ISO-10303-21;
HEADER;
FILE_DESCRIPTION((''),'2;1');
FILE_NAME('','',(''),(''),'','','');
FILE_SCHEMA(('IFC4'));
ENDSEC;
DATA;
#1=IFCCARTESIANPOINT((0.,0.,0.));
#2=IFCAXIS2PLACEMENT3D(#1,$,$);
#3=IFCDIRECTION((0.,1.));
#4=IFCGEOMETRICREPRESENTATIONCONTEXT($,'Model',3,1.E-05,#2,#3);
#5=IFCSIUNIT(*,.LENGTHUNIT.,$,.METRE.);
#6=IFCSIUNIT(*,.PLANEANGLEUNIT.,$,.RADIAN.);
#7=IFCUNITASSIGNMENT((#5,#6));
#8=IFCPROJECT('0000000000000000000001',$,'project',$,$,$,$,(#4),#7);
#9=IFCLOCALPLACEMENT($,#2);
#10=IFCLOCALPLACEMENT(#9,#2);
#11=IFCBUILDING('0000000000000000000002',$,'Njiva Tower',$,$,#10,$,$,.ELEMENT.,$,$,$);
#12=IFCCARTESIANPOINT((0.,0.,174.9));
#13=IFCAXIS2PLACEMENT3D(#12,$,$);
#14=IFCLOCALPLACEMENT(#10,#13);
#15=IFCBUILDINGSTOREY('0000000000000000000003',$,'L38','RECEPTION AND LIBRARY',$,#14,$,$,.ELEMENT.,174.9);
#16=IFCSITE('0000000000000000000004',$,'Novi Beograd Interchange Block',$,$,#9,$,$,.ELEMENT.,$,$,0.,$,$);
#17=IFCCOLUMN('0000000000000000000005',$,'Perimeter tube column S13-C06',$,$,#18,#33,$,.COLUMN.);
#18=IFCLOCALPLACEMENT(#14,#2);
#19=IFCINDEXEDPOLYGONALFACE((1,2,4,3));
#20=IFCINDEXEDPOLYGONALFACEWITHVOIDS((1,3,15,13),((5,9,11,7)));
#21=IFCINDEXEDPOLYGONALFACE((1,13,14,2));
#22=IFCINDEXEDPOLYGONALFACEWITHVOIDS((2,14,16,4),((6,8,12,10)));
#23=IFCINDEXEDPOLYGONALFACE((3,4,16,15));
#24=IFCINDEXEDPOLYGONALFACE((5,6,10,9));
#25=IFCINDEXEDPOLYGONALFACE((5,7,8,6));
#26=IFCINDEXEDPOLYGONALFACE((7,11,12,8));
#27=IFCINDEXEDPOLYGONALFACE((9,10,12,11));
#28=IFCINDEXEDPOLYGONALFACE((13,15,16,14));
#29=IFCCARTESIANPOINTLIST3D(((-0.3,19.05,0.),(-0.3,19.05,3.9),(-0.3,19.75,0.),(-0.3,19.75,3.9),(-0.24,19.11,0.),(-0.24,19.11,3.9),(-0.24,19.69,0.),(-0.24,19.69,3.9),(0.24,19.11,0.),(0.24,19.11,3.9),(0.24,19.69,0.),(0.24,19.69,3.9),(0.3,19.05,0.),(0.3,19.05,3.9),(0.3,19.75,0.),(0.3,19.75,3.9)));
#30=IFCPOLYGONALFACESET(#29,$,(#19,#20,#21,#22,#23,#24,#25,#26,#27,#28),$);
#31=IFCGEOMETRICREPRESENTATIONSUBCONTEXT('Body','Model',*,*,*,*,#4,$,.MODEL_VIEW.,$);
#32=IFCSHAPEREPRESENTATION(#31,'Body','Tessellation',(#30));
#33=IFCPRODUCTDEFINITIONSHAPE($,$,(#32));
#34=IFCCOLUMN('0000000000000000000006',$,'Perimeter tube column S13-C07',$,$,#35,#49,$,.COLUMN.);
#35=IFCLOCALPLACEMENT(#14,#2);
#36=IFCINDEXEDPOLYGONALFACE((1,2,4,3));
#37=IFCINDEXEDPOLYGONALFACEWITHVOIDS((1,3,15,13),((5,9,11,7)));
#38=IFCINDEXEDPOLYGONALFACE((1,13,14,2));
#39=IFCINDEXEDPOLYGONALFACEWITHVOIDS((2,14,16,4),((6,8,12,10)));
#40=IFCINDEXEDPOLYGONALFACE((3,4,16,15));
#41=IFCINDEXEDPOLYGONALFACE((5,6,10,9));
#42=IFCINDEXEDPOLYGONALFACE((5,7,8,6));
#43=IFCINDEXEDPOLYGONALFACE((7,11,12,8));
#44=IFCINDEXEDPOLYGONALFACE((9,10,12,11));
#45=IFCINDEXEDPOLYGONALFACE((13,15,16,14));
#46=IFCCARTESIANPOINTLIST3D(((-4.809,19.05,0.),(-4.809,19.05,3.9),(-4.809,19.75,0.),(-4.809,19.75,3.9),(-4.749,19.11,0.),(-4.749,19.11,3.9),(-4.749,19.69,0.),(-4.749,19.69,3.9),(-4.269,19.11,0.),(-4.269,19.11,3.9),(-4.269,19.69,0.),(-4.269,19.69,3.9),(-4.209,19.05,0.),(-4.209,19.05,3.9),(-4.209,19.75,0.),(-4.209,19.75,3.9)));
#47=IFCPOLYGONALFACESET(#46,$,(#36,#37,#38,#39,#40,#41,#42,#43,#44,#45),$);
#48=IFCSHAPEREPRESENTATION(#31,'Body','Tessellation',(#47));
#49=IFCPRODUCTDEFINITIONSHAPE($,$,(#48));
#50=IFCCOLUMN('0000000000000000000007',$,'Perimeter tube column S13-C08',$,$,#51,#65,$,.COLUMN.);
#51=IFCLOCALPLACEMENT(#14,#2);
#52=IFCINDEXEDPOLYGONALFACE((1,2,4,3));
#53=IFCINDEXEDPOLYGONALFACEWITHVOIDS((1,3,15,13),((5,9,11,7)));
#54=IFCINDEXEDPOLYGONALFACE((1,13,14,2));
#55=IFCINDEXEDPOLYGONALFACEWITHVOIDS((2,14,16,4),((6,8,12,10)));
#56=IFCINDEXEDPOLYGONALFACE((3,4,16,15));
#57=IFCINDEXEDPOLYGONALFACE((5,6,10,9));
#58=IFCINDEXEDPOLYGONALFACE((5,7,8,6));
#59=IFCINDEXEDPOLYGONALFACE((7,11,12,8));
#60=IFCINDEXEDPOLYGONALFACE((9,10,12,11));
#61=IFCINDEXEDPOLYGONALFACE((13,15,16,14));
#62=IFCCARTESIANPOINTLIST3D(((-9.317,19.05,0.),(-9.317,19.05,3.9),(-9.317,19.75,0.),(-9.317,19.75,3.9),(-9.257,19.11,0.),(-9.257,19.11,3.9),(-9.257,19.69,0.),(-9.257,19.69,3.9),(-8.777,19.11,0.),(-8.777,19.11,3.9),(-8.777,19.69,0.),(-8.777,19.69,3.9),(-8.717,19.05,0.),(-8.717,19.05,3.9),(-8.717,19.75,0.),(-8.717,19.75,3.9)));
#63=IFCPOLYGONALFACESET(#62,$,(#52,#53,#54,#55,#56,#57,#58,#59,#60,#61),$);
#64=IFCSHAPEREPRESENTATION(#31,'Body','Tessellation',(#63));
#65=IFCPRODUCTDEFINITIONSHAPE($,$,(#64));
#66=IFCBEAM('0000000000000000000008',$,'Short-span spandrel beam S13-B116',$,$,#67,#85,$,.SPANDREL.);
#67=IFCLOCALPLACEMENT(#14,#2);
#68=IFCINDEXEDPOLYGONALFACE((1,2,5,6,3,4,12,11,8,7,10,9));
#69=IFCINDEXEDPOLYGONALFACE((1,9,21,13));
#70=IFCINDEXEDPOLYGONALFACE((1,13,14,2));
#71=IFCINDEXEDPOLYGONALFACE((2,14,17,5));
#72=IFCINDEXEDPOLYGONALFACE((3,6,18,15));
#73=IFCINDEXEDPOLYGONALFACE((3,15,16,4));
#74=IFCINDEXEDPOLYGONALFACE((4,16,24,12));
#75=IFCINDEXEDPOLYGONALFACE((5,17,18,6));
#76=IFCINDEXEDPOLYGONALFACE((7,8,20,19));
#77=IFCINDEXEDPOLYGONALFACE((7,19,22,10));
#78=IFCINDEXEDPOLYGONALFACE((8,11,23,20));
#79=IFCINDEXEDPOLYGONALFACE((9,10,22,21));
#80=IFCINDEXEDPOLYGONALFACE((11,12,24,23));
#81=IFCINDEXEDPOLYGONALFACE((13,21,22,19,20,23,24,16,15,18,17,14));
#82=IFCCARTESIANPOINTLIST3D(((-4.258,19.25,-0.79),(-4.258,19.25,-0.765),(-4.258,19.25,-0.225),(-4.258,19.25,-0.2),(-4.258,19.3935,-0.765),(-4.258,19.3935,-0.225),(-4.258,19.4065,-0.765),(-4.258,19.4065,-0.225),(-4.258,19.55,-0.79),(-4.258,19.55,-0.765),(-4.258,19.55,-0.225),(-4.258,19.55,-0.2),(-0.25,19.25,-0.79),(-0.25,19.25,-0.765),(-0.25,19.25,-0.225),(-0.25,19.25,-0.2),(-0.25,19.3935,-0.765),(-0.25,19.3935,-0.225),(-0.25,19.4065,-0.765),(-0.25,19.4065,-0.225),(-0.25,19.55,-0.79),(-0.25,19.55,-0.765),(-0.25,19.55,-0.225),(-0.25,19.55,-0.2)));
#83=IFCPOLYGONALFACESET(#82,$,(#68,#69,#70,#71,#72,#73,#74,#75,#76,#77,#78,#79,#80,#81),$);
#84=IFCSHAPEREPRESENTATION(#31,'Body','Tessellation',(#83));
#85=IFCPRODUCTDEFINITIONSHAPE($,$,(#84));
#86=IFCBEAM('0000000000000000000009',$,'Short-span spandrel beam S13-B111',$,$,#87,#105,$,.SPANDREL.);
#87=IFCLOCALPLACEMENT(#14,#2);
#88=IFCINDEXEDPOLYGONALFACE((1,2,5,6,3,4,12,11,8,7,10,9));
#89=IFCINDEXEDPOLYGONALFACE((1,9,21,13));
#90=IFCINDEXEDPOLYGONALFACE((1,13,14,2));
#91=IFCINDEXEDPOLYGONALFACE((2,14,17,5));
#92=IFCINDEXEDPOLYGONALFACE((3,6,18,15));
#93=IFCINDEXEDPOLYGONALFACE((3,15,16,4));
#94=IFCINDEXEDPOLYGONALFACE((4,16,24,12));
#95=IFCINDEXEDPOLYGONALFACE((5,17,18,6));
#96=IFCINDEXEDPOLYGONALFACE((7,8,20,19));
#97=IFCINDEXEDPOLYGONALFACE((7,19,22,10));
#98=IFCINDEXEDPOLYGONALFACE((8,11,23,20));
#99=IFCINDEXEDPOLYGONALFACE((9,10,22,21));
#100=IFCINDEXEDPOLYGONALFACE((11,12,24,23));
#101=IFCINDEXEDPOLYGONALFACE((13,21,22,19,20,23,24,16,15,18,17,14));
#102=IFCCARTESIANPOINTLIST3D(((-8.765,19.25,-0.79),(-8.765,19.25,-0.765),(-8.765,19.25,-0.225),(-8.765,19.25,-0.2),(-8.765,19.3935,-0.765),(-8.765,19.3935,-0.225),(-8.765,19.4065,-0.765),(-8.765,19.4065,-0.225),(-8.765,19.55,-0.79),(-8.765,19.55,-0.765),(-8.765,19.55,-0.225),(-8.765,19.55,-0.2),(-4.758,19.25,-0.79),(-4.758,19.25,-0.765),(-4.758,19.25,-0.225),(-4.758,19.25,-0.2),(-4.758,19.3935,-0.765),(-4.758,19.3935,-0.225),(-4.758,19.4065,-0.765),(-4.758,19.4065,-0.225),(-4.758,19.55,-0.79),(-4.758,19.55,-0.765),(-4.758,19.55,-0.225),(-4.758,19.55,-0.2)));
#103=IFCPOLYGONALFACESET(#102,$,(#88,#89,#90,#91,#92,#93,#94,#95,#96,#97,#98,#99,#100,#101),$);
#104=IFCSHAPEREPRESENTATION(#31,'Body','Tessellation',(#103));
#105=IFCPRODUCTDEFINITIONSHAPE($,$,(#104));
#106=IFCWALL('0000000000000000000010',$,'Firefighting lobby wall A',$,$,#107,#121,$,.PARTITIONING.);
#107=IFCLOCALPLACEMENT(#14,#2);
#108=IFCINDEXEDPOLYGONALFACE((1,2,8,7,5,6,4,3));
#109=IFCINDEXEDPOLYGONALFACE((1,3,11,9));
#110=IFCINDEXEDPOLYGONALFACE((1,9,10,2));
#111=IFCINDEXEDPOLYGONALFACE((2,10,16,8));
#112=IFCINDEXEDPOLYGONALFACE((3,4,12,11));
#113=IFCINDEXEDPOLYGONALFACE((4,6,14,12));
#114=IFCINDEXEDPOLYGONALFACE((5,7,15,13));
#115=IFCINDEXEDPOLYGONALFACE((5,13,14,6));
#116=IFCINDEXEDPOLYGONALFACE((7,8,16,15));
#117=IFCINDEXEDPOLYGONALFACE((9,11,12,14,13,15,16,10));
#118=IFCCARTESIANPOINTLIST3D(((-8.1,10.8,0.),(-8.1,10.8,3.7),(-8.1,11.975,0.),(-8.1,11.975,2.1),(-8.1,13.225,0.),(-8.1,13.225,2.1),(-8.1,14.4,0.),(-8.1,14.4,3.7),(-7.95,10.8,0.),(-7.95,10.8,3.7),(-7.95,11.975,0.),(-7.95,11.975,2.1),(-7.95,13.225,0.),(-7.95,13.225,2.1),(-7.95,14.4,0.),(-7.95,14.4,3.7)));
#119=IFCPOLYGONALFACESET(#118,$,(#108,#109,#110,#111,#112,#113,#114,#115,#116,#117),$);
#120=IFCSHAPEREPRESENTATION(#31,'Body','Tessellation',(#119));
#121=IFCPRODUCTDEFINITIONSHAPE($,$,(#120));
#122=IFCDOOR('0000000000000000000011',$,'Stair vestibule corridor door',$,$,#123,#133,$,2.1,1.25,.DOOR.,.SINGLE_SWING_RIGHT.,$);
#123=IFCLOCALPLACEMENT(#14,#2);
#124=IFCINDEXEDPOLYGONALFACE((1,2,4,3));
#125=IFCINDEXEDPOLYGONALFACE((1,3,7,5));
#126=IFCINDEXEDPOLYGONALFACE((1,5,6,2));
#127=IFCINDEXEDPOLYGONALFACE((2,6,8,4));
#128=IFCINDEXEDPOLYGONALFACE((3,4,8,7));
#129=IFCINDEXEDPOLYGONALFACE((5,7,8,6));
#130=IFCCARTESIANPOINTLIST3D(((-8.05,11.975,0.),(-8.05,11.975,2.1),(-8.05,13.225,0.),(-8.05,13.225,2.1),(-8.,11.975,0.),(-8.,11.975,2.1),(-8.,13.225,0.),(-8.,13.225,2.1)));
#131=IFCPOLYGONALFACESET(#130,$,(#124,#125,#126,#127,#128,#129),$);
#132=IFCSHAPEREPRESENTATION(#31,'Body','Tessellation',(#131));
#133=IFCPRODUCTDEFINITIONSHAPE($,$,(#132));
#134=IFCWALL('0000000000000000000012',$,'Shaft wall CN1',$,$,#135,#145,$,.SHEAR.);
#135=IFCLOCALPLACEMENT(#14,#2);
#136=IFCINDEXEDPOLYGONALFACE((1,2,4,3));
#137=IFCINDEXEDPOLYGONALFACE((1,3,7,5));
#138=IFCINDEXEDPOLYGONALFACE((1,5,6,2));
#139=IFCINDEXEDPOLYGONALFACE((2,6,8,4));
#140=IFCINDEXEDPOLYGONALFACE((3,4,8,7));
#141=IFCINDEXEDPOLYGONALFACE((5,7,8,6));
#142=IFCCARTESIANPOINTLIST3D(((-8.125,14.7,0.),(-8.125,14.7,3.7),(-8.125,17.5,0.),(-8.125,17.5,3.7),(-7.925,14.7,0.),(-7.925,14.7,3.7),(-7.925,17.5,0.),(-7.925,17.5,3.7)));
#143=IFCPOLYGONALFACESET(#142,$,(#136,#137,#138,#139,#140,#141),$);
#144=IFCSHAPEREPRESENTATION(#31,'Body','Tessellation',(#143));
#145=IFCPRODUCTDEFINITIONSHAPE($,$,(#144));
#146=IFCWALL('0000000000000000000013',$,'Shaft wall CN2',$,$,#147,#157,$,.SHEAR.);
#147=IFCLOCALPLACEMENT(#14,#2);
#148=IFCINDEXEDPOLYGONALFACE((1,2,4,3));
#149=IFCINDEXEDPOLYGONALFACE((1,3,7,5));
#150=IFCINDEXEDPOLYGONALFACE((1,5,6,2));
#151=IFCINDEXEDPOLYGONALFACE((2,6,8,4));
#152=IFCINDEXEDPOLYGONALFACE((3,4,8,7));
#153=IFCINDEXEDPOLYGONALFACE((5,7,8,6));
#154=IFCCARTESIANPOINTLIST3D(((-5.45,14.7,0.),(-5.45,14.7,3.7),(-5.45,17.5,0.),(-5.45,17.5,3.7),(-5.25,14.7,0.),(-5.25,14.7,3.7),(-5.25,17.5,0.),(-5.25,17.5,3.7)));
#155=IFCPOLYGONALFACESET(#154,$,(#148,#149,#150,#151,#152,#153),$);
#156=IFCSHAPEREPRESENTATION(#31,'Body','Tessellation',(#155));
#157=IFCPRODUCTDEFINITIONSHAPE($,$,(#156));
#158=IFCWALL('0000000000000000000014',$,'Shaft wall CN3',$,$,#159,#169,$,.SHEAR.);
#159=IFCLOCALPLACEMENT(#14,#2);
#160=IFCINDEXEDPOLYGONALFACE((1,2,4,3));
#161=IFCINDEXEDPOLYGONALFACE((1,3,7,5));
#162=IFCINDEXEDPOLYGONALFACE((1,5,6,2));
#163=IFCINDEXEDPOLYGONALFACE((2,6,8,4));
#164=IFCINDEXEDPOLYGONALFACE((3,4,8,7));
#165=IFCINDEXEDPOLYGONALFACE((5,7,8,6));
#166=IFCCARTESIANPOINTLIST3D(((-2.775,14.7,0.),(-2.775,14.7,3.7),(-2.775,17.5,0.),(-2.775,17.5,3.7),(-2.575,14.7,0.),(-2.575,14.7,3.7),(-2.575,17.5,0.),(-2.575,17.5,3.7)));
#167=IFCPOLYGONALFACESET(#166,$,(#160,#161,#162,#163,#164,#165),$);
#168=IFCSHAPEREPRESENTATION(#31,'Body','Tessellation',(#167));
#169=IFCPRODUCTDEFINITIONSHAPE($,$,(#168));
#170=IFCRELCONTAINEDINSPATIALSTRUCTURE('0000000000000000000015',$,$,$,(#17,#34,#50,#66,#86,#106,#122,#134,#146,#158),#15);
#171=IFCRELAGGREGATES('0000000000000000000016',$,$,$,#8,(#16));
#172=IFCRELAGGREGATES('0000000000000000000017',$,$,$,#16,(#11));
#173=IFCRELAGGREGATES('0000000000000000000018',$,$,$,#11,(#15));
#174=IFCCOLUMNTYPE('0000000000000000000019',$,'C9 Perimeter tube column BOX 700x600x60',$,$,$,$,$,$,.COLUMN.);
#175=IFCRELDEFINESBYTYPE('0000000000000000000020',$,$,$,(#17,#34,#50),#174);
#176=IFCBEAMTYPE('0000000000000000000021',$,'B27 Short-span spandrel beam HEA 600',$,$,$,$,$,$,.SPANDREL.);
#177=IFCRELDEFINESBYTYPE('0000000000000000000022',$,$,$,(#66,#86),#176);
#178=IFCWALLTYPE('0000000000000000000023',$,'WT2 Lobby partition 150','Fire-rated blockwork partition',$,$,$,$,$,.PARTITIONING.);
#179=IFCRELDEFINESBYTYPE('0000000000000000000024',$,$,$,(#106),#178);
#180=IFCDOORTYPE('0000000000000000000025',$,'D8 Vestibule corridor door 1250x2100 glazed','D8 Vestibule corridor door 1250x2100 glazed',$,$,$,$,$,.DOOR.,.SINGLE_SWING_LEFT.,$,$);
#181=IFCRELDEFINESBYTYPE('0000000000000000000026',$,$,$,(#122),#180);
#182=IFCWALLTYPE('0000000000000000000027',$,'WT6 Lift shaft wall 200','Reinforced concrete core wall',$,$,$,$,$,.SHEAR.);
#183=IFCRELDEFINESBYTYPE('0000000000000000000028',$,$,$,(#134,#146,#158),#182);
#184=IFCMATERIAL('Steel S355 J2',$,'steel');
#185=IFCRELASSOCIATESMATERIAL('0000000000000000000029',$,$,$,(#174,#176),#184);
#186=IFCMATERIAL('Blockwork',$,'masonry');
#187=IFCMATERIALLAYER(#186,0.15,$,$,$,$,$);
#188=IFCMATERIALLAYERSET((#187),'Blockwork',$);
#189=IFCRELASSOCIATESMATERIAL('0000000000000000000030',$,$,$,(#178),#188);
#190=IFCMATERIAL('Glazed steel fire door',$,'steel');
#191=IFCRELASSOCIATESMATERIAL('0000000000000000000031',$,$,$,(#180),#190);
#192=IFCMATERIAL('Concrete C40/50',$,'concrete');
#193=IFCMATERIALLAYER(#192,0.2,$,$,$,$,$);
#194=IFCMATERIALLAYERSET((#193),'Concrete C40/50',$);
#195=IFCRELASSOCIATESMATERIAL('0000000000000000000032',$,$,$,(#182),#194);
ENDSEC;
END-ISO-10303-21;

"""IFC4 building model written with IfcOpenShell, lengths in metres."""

from ifc_helpers import new_model, si_unit, direction, frame, frame_2d, origin, origin_2d, place, context, subcontext, project, spatial, rectangle, hollow_rectangle, i_section, extrude, material, layer, layer_set, material_profile, profile_set, type_object, element, fill, save


model = new_model("IFC4")

# Units and contexts
model_context = context("Model", 3, precision=1e-05, world=origin(), true_north=direction((0.0, 1.0)))
body_context = subcontext(model_context, "Body", "Model", "MODEL_VIEW")
ifc_project = project(units=[si_unit("LENGTHUNIT", "METRE"), si_unit("PLANEANGLEUNIT", "RADIAN")], contexts=[model_context])

# Site, building, storey
site_placement = place(None, origin())
site = spatial("IfcSite", under=ifc_project, at=site_placement, Name="Novi Beograd Interchange Block", CompositionType="ELEMENT", RefElevation=0.0)
building_placement = place(site_placement, origin())
building = spatial("IfcBuilding", under=site, at=building_placement, Name="Njiva Tower", CompositionType="ELEMENT")
storey_placement = place(building_placement, frame((0.0, 0.0, 174.9)))
storey = spatial("IfcBuildingStorey", under=building, at=storey_placement, Name="L38", Description="RECEPTION AND LIBRARY", CompositionType="ELEMENT", Elevation=174.9)

# Columns
ifc_material_1 = material(Name="Steel S355 J2", Category="steel")
ifc_material_profile_1 = material_profile(ifc_material_1, hollow_rectangle(XDim=0.6, YDim=0.7, WallThickness=0.06, at=origin_2d()), Name="BOX 700x600x60")
ifc_profile_set_1 = profile_set([ifc_material_profile_1], Name="Steel S355 J2")
column_type = type_object("IfcColumnType", Name="C9 Perimeter tube column BOX 700x600x60", PredefinedType="COLUMN", material=ifc_profile_set_1)
for number, where, z_axis, x_axis, name in (
    (1, (0.0, 19.4, 0.0), (0.0, 0.0, 1.0), (-1.0, 0.0, 0.0), "Perimeter tube column S13-C06"),
    (2, (-4.509, 19.4, 0.0), (0.0, 0.0, 1.0), (-1.0, 0.0, 0.0), "Perimeter tube column S13-C07"),
    (3, (-9.017, 19.4, 0.0), (0.0, 0.0, 1.0), (-1.0, 0.0, 0.0), "Perimeter tube column S13-C08"),
):
    element("IfcColumn", number, at=place(storey_placement, frame(where, z_axis=z_axis, x_axis=x_axis)), inside=storey, type_object=column_type, Name=name, PredefinedType="COLUMN", context=body_context, shape_type="SweptSolid", body=[
        extrude(hollow_rectangle(XDim=0.6, YDim=0.7, WallThickness=0.06, at=origin_2d()), origin(), (0.0, 0.0, 1.0), 3.9),
    ])

# Beams
ifc_material_profile_2 = material_profile(ifc_material_1, i_section(OverallWidth=0.3, OverallDepth=0.59, WebThickness=0.013, FlangeThickness=0.025, at=origin_2d()), Name="HEA 600")
ifc_profile_set_2 = profile_set([ifc_material_profile_2], Name="Steel S355 J2")
beam_type = type_object("IfcBeamType", Name="B27 Short-span spandrel beam HEA 600", PredefinedType="SPANDREL", material=ifc_profile_set_2)
beam_1_placement = place(storey_placement, frame((-0.25, 19.4, -0.495), z_axis=(-1.0, 0.0, 0.0), x_axis=(0.0, -1.0, 0.0)))
element("IfcBeam", 4, at=beam_1_placement, inside=storey, type_object=beam_type, Name="Short-span spandrel beam S13-B116", PredefinedType="SPANDREL", context=body_context, shape_type="SweptSolid", body=[
    extrude(i_section(OverallWidth=0.3, OverallDepth=0.59, WebThickness=0.013, FlangeThickness=0.025, at=origin_2d()), origin(), (0.0, 0.0, 1.0), 4.008),
])
beam_2_placement = place(storey_placement, frame((-4.758, 19.4, -0.495), z_axis=(-1.0, 0.0, 0.0), x_axis=(0.0, -1.0, 0.0)))
element("IfcBeam", 5, at=beam_2_placement, inside=storey, type_object=beam_type, Name="Short-span spandrel beam S13-B111", PredefinedType="SPANDREL", context=body_context, shape_type="SweptSolid", body=[
    extrude(i_section(OverallWidth=0.3, OverallDepth=0.59, WebThickness=0.013, FlangeThickness=0.025, at=origin_2d()), origin(), (0.0, 0.0, 1.0), 4.007),
])

# Wall, opening, door
ifc_material_2 = material(Name="Blockwork", Category="masonry")
ifc_layer_1 = layer(ifc_material_2, 0.15)
ifc_layer_set_1 = layer_set([ifc_layer_1], Name="Blockwork")
wall_type_1 = type_object("IfcWallType", Name="WT2 Lobby partition 150", Description="Fire-rated blockwork partition", PredefinedType="PARTITIONING", material=ifc_layer_set_1)
wall_placement = place(storey_placement, frame((-8.025, 10.8, 0.0), z_axis=(0.0, 0.0, 1.0), x_axis=(0.0, 1.0, 0.0)))
wall = element("IfcWall", 6, at=wall_placement, inside=storey, type_object=wall_type_1, Name="Firefighting lobby wall A", PredefinedType="PARTITIONING", context=body_context, shape_type="SweptSolid", body=[
    extrude(rectangle(XDim=3.6, YDim=0.15, at=frame_2d((1.8, 0.0))), origin(), (0.0, 0.0, 1.0), 3.7),
])
opening_placement = place(wall_placement, frame((1.175, 0.0, 0.0)))
opening = element("IfcOpeningElement", 7, at=opening_placement, cuts=wall, PredefinedType="OPENING", context=body_context, shape_type="SweptSolid", body=[
    extrude(rectangle(XDim=1.25, YDim=2.1, at=frame_2d((0.625, 1.05))), frame((0.0, 0.085, 0.0), z_axis=(0.0, -1.0, 0.0), x_axis=(1.0, 0.0, 0.0)), (0.0, 0.0, 1.0), 0.17),
])
ifc_material_3 = material(Name="Glazed steel fire door", Category="steel")
door_type = type_object("IfcDoorType", Name="D8 Vestibule corridor door 1250x2100 glazed", Description="D8 Vestibule corridor door 1250x2100 glazed", OperationType="SINGLE_SWING_LEFT", PredefinedType="DOOR", material=ifc_material_3)
door_placement = place(opening_placement, origin())
door = element("IfcDoor", 8, at=door_placement, inside=storey, type_object=door_type, Name="Stair vestibule corridor door", OperationType="SINGLE_SWING_RIGHT", OverallHeight=2.1, OverallWidth=1.25, PredefinedType="DOOR", context=body_context, shape_type="SweptSolid", body=[
    extrude(rectangle(XDim=1.25, YDim=2.1, at=frame_2d((0.625, 1.05))), frame((0.0, 0.025, 0.0), z_axis=(0.0, -1.0, 0.0), x_axis=(1.0, 0.0, 0.0)), (0.0, 0.0, 1.0), 0.05),
])
fill(opening, door)

# Walls
ifc_material_4 = material(Name="Concrete C40/50", Category="concrete")
ifc_layer_2 = layer(ifc_material_4, 0.2)
ifc_layer_set_2 = layer_set([ifc_layer_2], Name="Concrete C40/50")
wall_type_2 = type_object("IfcWallType", Name="WT6 Lift shaft wall 200", Description="Reinforced concrete core wall", PredefinedType="SHEAR", material=ifc_layer_set_2)
for number, where, z_axis, x_axis, name in (
    (9, (-8.025, 14.7, 0.0), (0.0, 0.0, 1.0), (0.0, 1.0, 0.0), "Shaft wall CN1"),
    (10, (-5.35, 14.7, 0.0), (0.0, 0.0, 1.0), (0.0, 1.0, 0.0), "Shaft wall CN2"),
    (11, (-2.675, 14.7, 0.0), (0.0, 0.0, 1.0), (0.0, 1.0, 0.0), "Shaft wall CN3"),
):
    element("IfcWall", number, at=place(storey_placement, frame(where, z_axis=z_axis, x_axis=x_axis)), inside=storey, type_object=wall_type_2, Name=name, PredefinedType="SHEAR", context=body_context, shape_type="SweptSolid", body=[
        extrude(rectangle(XDim=2.8, YDim=0.2, at=frame_2d((1.4, 0.0))), origin(), (0.0, 0.0, 1.0), 3.7),
    ])

save(model, "model.ifc")
